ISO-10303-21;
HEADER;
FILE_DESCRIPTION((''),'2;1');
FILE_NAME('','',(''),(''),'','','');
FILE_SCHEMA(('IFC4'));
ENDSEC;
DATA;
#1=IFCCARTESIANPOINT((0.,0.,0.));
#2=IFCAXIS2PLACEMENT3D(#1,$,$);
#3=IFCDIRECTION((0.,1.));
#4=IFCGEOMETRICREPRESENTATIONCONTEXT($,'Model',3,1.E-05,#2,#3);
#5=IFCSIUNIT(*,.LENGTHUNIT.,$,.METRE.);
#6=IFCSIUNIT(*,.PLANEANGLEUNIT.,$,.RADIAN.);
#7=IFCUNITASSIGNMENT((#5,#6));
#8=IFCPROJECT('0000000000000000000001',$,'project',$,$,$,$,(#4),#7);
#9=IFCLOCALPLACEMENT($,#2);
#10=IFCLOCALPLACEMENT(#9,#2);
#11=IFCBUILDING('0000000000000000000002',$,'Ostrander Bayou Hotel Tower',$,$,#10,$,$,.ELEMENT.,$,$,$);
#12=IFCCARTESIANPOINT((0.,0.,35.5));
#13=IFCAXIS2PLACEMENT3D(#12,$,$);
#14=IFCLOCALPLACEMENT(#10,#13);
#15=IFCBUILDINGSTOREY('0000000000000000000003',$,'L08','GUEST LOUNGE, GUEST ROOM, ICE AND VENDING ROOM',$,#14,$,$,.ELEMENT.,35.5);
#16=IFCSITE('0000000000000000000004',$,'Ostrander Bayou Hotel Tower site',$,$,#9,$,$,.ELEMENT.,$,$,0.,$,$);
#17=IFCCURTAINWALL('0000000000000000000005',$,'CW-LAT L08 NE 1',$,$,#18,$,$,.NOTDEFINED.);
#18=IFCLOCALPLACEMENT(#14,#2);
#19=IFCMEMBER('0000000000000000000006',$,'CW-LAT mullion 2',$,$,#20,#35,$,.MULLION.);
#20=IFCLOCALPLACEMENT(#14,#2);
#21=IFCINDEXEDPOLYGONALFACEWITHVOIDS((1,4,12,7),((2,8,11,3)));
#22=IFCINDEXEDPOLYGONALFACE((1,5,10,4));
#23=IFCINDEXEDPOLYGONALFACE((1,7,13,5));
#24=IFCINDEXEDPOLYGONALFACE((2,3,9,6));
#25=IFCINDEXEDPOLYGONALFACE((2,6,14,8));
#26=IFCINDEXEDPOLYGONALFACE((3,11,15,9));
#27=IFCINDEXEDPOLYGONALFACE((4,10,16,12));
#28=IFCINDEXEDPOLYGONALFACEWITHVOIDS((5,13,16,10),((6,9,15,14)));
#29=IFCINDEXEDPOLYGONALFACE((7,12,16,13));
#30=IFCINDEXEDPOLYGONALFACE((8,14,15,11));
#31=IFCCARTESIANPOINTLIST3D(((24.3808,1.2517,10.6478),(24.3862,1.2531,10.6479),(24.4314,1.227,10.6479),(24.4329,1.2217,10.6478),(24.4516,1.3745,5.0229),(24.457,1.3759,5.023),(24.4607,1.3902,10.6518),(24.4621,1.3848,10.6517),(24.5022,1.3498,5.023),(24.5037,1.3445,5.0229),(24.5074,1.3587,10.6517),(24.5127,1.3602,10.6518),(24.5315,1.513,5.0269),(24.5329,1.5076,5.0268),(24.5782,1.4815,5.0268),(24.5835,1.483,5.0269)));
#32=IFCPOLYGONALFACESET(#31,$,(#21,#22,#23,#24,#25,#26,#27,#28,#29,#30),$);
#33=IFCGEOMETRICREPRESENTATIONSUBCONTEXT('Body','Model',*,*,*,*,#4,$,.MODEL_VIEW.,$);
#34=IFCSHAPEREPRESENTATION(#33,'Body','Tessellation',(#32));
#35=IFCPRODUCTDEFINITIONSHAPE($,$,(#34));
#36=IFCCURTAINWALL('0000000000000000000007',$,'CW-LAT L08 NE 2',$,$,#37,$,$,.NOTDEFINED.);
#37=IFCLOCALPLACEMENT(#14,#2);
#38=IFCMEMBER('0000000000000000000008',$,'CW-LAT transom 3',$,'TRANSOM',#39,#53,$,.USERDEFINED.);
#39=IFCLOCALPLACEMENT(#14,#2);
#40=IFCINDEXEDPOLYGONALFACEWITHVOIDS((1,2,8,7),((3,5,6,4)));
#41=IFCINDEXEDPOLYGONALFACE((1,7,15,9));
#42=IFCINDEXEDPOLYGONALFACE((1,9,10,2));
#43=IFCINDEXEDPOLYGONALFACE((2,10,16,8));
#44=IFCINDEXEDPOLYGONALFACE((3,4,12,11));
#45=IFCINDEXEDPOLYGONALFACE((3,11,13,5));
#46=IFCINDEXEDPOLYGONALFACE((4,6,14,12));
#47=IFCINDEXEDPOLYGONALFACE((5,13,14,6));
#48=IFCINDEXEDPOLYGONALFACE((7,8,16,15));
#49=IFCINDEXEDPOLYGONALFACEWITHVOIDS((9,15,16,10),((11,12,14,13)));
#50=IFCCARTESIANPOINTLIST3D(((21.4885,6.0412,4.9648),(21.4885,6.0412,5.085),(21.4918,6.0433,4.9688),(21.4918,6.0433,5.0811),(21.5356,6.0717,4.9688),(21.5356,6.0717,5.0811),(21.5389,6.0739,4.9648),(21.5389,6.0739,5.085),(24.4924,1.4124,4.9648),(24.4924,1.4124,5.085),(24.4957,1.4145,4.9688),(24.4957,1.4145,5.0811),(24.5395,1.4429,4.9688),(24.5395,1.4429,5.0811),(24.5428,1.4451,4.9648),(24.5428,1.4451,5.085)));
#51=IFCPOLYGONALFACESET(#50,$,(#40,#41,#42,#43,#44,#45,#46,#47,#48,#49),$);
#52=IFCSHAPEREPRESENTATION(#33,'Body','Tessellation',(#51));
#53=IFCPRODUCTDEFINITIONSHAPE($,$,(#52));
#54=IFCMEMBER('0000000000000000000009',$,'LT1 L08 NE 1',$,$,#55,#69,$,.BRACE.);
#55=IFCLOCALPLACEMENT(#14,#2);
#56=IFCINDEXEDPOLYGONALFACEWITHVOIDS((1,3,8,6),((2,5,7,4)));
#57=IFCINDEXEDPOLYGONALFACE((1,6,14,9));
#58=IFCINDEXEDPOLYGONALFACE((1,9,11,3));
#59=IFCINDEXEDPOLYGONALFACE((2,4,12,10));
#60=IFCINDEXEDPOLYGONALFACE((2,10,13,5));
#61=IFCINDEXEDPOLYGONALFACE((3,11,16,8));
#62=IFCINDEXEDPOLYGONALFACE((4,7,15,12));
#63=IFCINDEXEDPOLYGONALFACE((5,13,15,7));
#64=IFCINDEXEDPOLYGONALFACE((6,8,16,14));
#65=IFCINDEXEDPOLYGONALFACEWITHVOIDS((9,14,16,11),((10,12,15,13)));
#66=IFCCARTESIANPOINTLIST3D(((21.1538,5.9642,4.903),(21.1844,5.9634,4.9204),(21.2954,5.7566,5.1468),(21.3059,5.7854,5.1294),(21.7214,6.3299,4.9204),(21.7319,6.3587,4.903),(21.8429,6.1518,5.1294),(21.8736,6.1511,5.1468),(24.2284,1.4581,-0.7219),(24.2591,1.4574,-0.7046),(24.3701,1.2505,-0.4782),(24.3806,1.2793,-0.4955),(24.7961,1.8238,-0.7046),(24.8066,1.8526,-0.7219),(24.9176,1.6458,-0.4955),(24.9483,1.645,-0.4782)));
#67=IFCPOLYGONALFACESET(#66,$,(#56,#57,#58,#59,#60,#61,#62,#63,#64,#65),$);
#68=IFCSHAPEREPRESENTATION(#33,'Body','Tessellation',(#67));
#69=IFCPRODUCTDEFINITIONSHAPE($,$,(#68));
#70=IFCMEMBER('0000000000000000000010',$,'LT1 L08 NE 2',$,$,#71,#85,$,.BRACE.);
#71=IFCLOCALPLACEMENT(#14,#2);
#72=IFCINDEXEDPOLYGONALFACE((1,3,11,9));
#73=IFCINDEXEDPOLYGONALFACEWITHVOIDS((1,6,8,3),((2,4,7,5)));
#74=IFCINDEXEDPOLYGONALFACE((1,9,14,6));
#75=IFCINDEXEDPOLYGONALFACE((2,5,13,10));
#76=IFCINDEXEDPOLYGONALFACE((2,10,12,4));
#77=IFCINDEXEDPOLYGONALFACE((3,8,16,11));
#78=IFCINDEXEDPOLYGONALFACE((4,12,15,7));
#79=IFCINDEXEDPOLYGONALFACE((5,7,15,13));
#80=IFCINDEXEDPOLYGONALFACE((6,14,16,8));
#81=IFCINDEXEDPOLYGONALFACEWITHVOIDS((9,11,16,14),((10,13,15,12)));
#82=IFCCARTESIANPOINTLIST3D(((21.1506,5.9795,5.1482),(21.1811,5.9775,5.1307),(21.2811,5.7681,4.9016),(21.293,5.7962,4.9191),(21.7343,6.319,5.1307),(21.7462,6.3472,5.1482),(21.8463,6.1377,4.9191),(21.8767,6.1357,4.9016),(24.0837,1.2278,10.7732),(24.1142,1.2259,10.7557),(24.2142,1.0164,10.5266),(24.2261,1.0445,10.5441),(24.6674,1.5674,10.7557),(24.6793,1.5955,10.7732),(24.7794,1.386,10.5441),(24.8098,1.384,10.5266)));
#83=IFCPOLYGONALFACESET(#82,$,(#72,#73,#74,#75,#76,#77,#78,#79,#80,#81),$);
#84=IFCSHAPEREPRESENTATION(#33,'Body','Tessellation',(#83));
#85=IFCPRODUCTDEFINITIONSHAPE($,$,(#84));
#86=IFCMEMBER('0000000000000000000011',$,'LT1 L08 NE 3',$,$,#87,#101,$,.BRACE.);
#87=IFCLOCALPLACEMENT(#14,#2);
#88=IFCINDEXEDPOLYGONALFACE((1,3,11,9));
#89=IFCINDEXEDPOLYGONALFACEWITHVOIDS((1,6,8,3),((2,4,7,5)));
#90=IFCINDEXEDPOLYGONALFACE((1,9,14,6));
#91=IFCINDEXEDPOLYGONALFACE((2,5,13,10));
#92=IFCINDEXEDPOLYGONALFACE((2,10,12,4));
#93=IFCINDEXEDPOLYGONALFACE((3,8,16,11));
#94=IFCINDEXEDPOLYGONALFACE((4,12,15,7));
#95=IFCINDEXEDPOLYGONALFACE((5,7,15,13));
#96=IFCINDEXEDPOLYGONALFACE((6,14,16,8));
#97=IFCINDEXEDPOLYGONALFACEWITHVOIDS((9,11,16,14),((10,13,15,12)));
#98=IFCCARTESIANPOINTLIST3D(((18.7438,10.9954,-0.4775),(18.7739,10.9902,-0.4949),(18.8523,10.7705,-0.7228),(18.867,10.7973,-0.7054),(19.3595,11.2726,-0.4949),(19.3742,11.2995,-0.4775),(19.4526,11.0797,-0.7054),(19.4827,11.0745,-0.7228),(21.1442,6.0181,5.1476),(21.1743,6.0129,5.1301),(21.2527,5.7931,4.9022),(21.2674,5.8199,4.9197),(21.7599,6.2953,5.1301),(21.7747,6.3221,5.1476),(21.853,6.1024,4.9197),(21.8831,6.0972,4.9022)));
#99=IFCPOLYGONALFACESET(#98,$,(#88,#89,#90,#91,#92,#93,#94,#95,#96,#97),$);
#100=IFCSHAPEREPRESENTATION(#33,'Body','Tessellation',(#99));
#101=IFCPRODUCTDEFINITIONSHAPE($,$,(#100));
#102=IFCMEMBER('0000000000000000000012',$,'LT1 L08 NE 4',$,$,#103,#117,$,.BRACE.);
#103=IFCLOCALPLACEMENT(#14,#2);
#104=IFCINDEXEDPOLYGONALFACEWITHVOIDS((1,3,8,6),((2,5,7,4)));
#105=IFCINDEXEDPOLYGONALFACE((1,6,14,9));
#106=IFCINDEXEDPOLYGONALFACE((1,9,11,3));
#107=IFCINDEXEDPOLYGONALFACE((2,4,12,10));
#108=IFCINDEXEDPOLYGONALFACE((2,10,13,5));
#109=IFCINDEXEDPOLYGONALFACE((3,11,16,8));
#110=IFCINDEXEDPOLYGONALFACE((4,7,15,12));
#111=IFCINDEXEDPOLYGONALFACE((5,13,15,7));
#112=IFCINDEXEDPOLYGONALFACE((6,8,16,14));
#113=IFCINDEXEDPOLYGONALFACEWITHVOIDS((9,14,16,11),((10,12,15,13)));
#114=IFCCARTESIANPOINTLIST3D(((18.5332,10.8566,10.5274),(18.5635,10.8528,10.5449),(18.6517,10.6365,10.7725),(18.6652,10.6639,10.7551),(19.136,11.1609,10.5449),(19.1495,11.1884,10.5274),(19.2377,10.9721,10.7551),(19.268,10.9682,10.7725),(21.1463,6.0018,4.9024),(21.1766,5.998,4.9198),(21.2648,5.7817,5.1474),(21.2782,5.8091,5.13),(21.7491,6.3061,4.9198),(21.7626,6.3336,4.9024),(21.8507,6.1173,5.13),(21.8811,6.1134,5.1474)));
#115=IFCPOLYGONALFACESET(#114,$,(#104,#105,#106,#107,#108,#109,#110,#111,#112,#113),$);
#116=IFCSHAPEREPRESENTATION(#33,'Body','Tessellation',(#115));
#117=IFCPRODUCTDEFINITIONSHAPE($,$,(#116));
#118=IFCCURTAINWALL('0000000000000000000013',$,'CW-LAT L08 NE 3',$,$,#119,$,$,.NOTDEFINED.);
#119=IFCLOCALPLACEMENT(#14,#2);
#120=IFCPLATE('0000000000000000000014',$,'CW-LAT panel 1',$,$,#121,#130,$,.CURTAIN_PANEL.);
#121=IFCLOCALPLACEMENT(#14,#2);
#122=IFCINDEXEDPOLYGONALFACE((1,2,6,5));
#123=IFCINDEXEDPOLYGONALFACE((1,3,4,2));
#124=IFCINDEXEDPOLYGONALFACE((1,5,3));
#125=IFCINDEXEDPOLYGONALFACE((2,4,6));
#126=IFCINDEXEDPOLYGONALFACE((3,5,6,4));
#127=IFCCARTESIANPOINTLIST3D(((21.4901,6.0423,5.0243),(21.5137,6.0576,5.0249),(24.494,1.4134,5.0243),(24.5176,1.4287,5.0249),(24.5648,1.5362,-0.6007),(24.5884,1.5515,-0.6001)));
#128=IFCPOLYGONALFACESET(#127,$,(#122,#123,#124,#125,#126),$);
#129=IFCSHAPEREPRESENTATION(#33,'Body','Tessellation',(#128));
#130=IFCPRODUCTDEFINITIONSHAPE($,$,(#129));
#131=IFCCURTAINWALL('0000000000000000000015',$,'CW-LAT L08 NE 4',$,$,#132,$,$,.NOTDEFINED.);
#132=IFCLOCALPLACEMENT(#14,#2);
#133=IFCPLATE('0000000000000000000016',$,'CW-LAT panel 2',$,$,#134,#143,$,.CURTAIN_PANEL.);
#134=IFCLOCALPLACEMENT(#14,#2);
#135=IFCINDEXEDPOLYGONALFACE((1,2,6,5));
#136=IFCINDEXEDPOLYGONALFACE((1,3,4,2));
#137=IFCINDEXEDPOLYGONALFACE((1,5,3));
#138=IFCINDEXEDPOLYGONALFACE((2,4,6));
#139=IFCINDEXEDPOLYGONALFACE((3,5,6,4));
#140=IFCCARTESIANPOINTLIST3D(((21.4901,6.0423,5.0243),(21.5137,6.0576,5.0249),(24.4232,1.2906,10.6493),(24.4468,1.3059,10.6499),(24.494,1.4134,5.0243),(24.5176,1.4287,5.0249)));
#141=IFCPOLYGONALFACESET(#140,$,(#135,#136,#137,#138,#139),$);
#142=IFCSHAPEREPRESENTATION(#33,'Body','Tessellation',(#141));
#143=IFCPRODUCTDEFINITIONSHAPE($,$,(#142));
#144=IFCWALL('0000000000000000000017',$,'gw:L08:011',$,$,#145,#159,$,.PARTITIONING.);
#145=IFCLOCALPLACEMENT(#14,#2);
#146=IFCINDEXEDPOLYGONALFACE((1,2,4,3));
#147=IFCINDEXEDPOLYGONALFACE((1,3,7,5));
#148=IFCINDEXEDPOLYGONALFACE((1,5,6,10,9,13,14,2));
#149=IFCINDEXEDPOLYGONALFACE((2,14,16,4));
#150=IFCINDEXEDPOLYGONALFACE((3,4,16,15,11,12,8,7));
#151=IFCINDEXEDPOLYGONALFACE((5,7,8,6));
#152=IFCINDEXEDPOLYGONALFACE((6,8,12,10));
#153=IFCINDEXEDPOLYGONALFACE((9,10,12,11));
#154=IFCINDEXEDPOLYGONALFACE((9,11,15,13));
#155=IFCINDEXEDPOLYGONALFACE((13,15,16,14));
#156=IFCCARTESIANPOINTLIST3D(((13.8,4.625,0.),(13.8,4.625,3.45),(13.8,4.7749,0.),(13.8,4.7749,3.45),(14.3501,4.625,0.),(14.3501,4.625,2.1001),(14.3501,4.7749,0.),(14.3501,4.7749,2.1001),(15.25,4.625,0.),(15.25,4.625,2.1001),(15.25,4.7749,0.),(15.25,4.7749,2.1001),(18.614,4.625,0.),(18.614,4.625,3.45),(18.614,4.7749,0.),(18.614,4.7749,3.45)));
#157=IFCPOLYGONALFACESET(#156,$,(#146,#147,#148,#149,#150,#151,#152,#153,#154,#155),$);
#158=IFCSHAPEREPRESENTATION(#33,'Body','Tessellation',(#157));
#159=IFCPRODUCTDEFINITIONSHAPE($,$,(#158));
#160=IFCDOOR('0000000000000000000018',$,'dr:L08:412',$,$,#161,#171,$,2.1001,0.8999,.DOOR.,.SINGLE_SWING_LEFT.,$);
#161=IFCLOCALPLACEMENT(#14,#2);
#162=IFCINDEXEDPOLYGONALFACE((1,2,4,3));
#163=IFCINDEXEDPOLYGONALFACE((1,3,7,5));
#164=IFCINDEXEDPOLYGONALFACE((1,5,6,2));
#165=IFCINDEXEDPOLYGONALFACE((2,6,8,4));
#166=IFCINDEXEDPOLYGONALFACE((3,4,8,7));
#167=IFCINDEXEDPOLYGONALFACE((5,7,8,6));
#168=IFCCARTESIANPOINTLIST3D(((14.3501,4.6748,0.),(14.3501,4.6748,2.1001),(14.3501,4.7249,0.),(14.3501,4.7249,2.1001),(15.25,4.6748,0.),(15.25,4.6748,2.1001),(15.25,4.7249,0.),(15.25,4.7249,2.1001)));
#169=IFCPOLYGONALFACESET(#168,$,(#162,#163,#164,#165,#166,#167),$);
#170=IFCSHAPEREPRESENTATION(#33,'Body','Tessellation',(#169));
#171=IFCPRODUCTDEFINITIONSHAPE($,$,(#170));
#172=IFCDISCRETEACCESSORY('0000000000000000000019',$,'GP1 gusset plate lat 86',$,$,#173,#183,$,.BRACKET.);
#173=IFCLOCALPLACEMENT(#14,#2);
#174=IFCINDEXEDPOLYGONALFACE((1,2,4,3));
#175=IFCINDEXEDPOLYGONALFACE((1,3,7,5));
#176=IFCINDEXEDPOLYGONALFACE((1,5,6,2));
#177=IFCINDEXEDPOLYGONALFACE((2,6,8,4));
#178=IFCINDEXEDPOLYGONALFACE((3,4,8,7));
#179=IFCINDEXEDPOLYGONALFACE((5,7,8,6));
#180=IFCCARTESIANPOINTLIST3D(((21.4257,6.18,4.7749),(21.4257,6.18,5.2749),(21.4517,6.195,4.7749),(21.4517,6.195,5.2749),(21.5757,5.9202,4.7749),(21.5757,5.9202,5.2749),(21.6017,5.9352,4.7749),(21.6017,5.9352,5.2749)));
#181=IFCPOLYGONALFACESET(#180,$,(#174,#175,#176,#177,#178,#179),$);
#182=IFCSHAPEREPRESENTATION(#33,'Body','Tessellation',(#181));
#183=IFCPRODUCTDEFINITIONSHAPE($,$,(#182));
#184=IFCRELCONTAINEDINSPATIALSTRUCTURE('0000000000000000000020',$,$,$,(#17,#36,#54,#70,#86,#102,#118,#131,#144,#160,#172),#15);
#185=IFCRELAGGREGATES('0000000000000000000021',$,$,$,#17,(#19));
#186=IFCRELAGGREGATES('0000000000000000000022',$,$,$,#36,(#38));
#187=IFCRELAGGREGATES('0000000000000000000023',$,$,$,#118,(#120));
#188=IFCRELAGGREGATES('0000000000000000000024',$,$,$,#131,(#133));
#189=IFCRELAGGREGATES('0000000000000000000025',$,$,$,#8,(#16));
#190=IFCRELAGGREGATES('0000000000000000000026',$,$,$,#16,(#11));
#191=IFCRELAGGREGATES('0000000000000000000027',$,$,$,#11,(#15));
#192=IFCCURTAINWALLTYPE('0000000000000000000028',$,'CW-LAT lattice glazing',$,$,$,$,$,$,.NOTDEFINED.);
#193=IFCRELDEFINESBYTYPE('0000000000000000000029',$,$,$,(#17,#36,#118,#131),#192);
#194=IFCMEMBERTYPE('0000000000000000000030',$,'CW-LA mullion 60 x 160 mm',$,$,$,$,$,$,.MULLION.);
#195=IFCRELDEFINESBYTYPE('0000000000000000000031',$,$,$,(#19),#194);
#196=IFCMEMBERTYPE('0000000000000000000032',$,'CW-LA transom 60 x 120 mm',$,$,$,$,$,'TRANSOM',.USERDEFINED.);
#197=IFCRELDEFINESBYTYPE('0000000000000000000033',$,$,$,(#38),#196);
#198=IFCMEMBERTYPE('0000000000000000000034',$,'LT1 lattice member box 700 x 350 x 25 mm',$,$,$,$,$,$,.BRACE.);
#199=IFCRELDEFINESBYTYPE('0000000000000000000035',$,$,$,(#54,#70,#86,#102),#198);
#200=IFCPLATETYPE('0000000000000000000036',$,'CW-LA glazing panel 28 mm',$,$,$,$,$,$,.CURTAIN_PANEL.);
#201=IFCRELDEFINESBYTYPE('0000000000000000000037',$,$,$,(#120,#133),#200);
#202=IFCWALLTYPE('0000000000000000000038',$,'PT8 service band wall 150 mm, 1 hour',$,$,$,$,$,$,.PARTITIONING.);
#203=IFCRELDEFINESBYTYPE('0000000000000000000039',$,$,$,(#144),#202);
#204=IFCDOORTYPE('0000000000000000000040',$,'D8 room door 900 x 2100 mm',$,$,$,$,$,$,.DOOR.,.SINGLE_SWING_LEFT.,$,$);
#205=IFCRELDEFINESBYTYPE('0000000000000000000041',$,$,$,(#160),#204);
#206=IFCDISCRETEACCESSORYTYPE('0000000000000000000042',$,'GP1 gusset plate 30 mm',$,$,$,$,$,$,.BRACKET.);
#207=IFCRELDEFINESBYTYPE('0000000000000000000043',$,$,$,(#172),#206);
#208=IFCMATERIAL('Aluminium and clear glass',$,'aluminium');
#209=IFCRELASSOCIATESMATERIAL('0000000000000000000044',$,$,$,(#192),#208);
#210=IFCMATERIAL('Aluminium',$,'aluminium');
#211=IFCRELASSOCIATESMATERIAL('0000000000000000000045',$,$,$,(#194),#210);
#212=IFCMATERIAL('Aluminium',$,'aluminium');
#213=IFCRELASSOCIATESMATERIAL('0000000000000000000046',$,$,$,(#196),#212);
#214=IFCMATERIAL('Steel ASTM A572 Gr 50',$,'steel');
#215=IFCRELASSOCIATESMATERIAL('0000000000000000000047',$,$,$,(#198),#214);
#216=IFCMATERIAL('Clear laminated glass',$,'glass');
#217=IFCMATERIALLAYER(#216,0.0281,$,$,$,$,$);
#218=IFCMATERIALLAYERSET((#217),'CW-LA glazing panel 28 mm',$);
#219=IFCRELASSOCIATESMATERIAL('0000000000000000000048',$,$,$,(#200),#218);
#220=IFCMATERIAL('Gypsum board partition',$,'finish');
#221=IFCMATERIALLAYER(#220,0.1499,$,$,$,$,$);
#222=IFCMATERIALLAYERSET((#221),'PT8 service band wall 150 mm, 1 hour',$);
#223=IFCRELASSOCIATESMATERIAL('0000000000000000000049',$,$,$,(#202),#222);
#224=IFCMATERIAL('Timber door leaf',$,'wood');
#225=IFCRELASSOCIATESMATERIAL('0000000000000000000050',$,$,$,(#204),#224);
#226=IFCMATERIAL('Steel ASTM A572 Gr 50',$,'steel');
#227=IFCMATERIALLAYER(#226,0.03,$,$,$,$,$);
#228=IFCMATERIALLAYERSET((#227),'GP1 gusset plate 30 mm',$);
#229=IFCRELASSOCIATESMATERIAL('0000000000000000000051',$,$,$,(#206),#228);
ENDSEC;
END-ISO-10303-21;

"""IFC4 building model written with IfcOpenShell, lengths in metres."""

from ifc_helpers import new_model, si_unit, direction, frame, frame_2d, origin, origin_2d, place, context, subcontext, project, spatial, polyline, rectangle, hollow_rectangle, outline, extrude, material, layer, layer_set, material_profile, profile_set, type_object, element, fill, aggregate, save


model = new_model("IFC4")

# Units and contexts
model_context = context("Model", 3, precision=1e-05, world=origin(), true_north=direction((0.0, 1.0)))
body_context = subcontext(model_context, "Body", "Model", "MODEL_VIEW")
ifc_project = project(units=[si_unit("LENGTHUNIT", "METRE"), si_unit("PLANEANGLEUNIT", "RADIAN")], contexts=[model_context])

# Site, building, storey
site_placement = place(None, origin())
site = spatial("IfcSite", under=ifc_project, at=site_placement, Name="Ostrander Bayou Hotel Tower site", CompositionType="ELEMENT", RefElevation=0.0)
building_placement = place(site_placement, origin())
building = spatial("IfcBuilding", under=site, at=building_placement, Name="Ostrander Bayou Hotel Tower", CompositionType="ELEMENT")
storey_placement = place(building_placement, frame((0.0, 0.0, 35.5)))
storey = spatial("IfcBuildingStorey", under=building, at=storey_placement, Name="L08", Description="GUEST LOUNGE, GUEST ROOM, ICE AND VENDING ROOM", CompositionType="ELEMENT", Elevation=35.5)

# Curtain walls, members
ifc_material_1 = material(Name="Aluminium and clear glass", Category="aluminium")
curtain_wall_type = type_object("IfcCurtainWallType", Name="CW-LAT lattice glazing", PredefinedType="NOTDEFINED", material=ifc_material_1)
curtain_wall_1_placement = place(storey_placement, origin())
curtain_wall_1 = element("IfcCurtainWall", 1, at=curtain_wall_1_placement, inside=storey, type_object=curtain_wall_type, Name="CW-LAT L08 NE 1", PredefinedType="NOTDEFINED")
ifc_material_2 = material(Name="Aluminium", Category="aluminium")
ifc_material_profile_1 = material_profile(ifc_material_2, hollow_rectangle(XDim=0.0601, YDim=0.1599, WallThickness=0.0039, at=origin_2d()))
ifc_profile_set_1 = profile_set([ifc_material_profile_1], Name="Aluminium")
member_type_1 = type_object("IfcMemberType", Name="CW-LA mullion 60 x 160 mm", PredefinedType="MULLION", material=ifc_profile_set_1)
member_1_placement = place(storey_placement, frame((24.5176, 1.4287, 5.0249), z_axis=(-0.012583, -0.021825, 0.999683), x_axis=(0.866329, -0.499474, 0.0)))
member_1 = element("IfcMember", 2, at=member_1_placement, type_object=member_type_1, Name="CW-LAT mullion 2", PredefinedType="MULLION", context=body_context, shape_type="SweptSolid", body=[
    extrude(hollow_rectangle(XDim=0.0601, YDim=0.1599, WallThickness=0.0039, at=origin_2d()), origin(), (0.0, 0.0, 1.0), 5.6267),
])
aggregate(curtain_wall_1, [member_1])
curtain_wall_2_placement = place(storey_placement, origin())
curtain_wall_2 = element("IfcCurtainWall", 3, at=curtain_wall_2_placement, inside=storey, type_object=curtain_wall_type, Name="CW-LAT L08 NE 2", PredefinedType="NOTDEFINED")
ifc_material_3 = material(Name="Aluminium", Category="aluminium")
ifc_material_profile_2 = material_profile(ifc_material_3, hollow_rectangle(XDim=0.0601, YDim=0.1201, WallThickness=0.0039, at=origin_2d()))
ifc_profile_set_2 = profile_set([ifc_material_profile_2], Name="Aluminium")
member_type_2 = type_object("IfcMemberType", Name="CW-LA transom 60 x 120 mm", ElementType="TRANSOM", PredefinedType="USERDEFINED", material=ifc_profile_set_2)
member_2_placement = place(storey_placement, frame((24.5176, 1.4287, 5.0249), z_axis=(-0.544366, 0.838848, 0.0), x_axis=(-0.838848, -0.544366, 0.0)))
member_2 = element("IfcMember", 4, at=member_2_placement, type_object=member_type_2, Name="CW-LAT transom 3", ObjectType="TRANSOM", PredefinedType="USERDEFINED", context=body_context, shape_type="SweptSolid", body=[
    extrude(hollow_rectangle(XDim=0.0601, YDim=0.1201, WallThickness=0.0039, at=origin_2d()), origin(), (0.0, 0.0, 1.0), 5.5181),
])
aggregate(curtain_wall_2, [member_2])

# Members
ifc_material_4 = material(Name="Steel ASTM A572 Gr 50", Category="steel")
ifc_material_profile_3 = material_profile(ifc_material_4, hollow_rectangle(XDim=0.7, YDim=0.3501, WallThickness=0.0249, at=origin_2d()))
ifc_profile_set_3 = profile_set([ifc_material_profile_3], Name="Steel ASTM A572 Gr 50")
member_type_3 = type_object("IfcMemberType", Name="LT1 lattice member box 700 x 350 x 25 mm", PredefinedType="BRACE", material=ifc_profile_set_3)
member_3_placement = place(storey_placement, frame((21.5137, 6.0576, 5.0249), z_axis=(0.392393, -0.575068, -0.717861), x_axis=(0.826026, 0.563633, 0.0)))
element("IfcMember", 5, at=member_3_placement, inside=storey, type_object=member_type_3, Name="LT1 L08 NE 1", PredefinedType="BRACE", context=body_context, shape_type="SweptSolid", body=[
    extrude(hollow_rectangle(XDim=0.7, YDim=0.3501, WallThickness=0.0249, at=origin_2d()), origin(), (0.0, 0.0, 1.0), 7.8357),
])
member_4_placement = place(storey_placement, frame((21.5137, 6.0576, 5.0249), z_axis=(0.370058, -0.599504, 0.709684), x_axis=(0.85094, 0.525263, 0.0)))
element("IfcMember", 6, at=member_4_placement, inside=storey, type_object=member_type_3, Name="LT1 L08 NE 2", PredefinedType="BRACE", context=body_context, shape_type="SweptSolid", body=[
    extrude(hollow_rectangle(XDim=0.7, YDim=0.3501, WallThickness=0.0249, at=origin_2d()), origin(), (0.0, 0.0, 1.0), 7.926),
])
member_5_placement = place(storey_placement, frame((21.5137, 6.0576, 5.0249), z_axis=(-0.304418, 0.631222, -0.713364), x_axis=(-0.900725, -0.434391, 0.0)))
element("IfcMember", 7, at=member_5_placement, inside=storey, type_object=member_type_3, Name="LT1 L08 NE 3", PredefinedType="BRACE", context=body_context, shape_type="SweptSolid", body=[
    extrude(hollow_rectangle(XDim=0.7, YDim=0.3501, WallThickness=0.0249, at=origin_2d()), origin(), (0.0, 0.0, 1.0), 7.8853),
])
member_6_placement = place(storey_placement, frame((21.5137, 6.0576, 5.0249), z_axis=(-0.331757, 0.616368, 0.714162), x_axis=(-0.880551, -0.473952, 0.0)))
element("IfcMember", 8, at=member_6_placement, inside=storey, type_object=member_type_3, Name="LT1 L08 NE 4", PredefinedType="BRACE", context=body_context, shape_type="SweptSolid", body=[
    extrude(hollow_rectangle(XDim=0.7, YDim=0.3501, WallThickness=0.0249, at=origin_2d()), origin(), (0.0, 0.0, 1.0), 7.8765),
])

# Curtain walls, plates
curtain_wall_3_placement = place(storey_placement, origin())
curtain_wall_3 = element("IfcCurtainWall", 9, at=curtain_wall_3_placement, inside=storey, type_object=curtain_wall_type, Name="CW-LAT L08 NE 3", PredefinedType="NOTDEFINED")
ifc_material_5 = material(Name="Clear laminated glass", Category="glass")
ifc_layer_1 = layer(ifc_material_5, 0.0281)
ifc_layer_set_1 = layer_set([ifc_layer_1], Name="CW-LA glazing panel 28 mm")
plate_type = type_object("IfcPlateType", Name="CW-LA glazing panel 28 mm", PredefinedType="CURTAIN_PANEL", material=ifc_layer_set_1)
plate_1_placement = place(storey_placement, frame((21.5137, 6.0576, 5.0249), z_axis=(0.838637, 0.544229, 0.022437), x_axis=(0.392393, -0.575068, -0.717861)))
plate_1 = element("IfcPlate", 10, at=plate_1_placement, type_object=plate_type, Name="CW-LAT panel 1", PredefinedType="CURTAIN_PANEL", context=body_context, shape_type="SweptSolid", body=[
    extrude(outline(polyline([(0.0, 0.0), (7.8358, 0.0), (3.8406, -3.9623), (0.0, 0.0)])), origin(), (0.0, 0.0, -1.0), 0.0281),
])
aggregate(curtain_wall_3, [plate_1])
curtain_wall_4_placement = place(storey_placement, origin())
curtain_wall_4 = element("IfcCurtainWall", 11, at=curtain_wall_4_placement, inside=storey, type_object=curtain_wall_type, Name="CW-LAT L08 NE 4", PredefinedType="NOTDEFINED")
plate_2_placement = place(storey_placement, frame((21.5137, 6.0576, 5.0249), z_axis=(0.838637, 0.544229, 0.022437), x_axis=(0.370058, -0.599504, 0.709684)))
plate_2 = element("IfcPlate", 12, at=plate_2_placement, type_object=plate_type, Name="CW-LAT panel 2", PredefinedType="CURTAIN_PANEL", context=body_context, shape_type="SweptSolid", body=[
    extrude(outline(polyline([(0.0, 0.0), (7.9261, 0.0), (3.8867, 3.9171), (0.0, 0.0)])), origin(), (0.0, 0.0, -1.0), 0.0281),
])
aggregate(curtain_wall_4, [plate_2])

# Wall, opening, door
ifc_material_6 = material(Name="Gypsum board partition", Category="finish")
ifc_layer_2 = layer(ifc_material_6, 0.1499)
ifc_layer_set_2 = layer_set([ifc_layer_2], Name="PT8 service band wall 150 mm, 1 hour")
wall_type = type_object("IfcWallType", Name="PT8 service band wall 150 mm, 1 hour", PredefinedType="PARTITIONING", material=ifc_layer_set_2)
wall_placement = place(storey_placement, frame((13.8, 4.7, 0.0), z_axis=(0.0, 0.0, 1.0), x_axis=(1.0, 0.0, 0.0)))
wall = element("IfcWall", 13, at=wall_placement, inside=storey, type_object=wall_type, Name="gw:L08:011", PredefinedType="PARTITIONING", context=body_context, shape_type="SweptSolid", body=[
    extrude(rectangle(XDim=4.814, YDim=0.1499, at=frame_2d((2.407, 0.0))), origin(), (0.0, 0.0, 1.0), 3.45),
])
opening_placement = place(wall_placement, frame((0.55, 0.0, 0.0)))
opening = element("IfcOpeningElement", 14, at=opening_placement, cuts=wall, PredefinedType="OPENING", context=body_context, shape_type="SweptSolid", body=[
    extrude(rectangle(XDim=0.8999, YDim=2.1001, at=frame_2d((0.45, 1.05))), frame((0.0, 0.075, 0.0), z_axis=(0.0, -1.0, 0.0), x_axis=(1.0, 0.0, 0.0)), (0.0, 0.0, 1.0), 0.1499),
])
ifc_material_7 = material(Name="Timber door leaf", Category="wood")
door_type = type_object("IfcDoorType", Name="D8 room door 900 x 2100 mm", OperationType="SINGLE_SWING_LEFT", PredefinedType="DOOR", material=ifc_material_7)
door_placement = place(opening_placement, origin())
door = element("IfcDoor", 15, at=door_placement, inside=storey, type_object=door_type, Name="dr:L08:412", OperationType="SINGLE_SWING_LEFT", OverallHeight=2.1001, OverallWidth=0.8999, PredefinedType="DOOR", context=body_context, shape_type="SweptSolid", body=[
    extrude(rectangle(XDim=0.8999, YDim=2.1001, at=frame_2d((0.45, 1.05))), frame((0.0, 0.0249, 0.0), z_axis=(0.0, -1.0, 0.0), x_axis=(1.0, 0.0, 0.0)), (0.0, 0.0, 1.0), 0.05),
])
fill(opening, door)

# Discrete accessory
ifc_material_8 = material(Name="Steel ASTM A572 Gr 50", Category="steel")
ifc_layer_3 = layer(ifc_material_8, 0.03)
ifc_layer_set_3 = layer_set([ifc_layer_3], Name="GP1 gusset plate 30 mm")
discrete_accessory_type = type_object("IfcDiscreteAccessoryType", Name="GP1 gusset plate 30 mm", PredefinedType="BRACKET", material=ifc_layer_set_3)
for number, where, z_axis, x_axis, name in (
    (16, (21.5137, 6.0576, 4.7749), (0.0, 0.0, 1.0), (-0.5, 0.866025, 0.0), "GP1 gusset plate lat 86"),
):
    element("IfcDiscreteAccessory", number, at=place(storey_placement, frame(where, z_axis=z_axis, x_axis=x_axis)), inside=storey, type_object=discrete_accessory_type, Name=name, PredefinedType="BRACKET", context=body_context, shape_type="SweptSolid", body=[
        extrude(rectangle(XDim=0.3, YDim=0.03, at=origin_2d()), origin(), (0.0, 0.0, 1.0), 0.5),
    ])

save(model, "model.ifc")
